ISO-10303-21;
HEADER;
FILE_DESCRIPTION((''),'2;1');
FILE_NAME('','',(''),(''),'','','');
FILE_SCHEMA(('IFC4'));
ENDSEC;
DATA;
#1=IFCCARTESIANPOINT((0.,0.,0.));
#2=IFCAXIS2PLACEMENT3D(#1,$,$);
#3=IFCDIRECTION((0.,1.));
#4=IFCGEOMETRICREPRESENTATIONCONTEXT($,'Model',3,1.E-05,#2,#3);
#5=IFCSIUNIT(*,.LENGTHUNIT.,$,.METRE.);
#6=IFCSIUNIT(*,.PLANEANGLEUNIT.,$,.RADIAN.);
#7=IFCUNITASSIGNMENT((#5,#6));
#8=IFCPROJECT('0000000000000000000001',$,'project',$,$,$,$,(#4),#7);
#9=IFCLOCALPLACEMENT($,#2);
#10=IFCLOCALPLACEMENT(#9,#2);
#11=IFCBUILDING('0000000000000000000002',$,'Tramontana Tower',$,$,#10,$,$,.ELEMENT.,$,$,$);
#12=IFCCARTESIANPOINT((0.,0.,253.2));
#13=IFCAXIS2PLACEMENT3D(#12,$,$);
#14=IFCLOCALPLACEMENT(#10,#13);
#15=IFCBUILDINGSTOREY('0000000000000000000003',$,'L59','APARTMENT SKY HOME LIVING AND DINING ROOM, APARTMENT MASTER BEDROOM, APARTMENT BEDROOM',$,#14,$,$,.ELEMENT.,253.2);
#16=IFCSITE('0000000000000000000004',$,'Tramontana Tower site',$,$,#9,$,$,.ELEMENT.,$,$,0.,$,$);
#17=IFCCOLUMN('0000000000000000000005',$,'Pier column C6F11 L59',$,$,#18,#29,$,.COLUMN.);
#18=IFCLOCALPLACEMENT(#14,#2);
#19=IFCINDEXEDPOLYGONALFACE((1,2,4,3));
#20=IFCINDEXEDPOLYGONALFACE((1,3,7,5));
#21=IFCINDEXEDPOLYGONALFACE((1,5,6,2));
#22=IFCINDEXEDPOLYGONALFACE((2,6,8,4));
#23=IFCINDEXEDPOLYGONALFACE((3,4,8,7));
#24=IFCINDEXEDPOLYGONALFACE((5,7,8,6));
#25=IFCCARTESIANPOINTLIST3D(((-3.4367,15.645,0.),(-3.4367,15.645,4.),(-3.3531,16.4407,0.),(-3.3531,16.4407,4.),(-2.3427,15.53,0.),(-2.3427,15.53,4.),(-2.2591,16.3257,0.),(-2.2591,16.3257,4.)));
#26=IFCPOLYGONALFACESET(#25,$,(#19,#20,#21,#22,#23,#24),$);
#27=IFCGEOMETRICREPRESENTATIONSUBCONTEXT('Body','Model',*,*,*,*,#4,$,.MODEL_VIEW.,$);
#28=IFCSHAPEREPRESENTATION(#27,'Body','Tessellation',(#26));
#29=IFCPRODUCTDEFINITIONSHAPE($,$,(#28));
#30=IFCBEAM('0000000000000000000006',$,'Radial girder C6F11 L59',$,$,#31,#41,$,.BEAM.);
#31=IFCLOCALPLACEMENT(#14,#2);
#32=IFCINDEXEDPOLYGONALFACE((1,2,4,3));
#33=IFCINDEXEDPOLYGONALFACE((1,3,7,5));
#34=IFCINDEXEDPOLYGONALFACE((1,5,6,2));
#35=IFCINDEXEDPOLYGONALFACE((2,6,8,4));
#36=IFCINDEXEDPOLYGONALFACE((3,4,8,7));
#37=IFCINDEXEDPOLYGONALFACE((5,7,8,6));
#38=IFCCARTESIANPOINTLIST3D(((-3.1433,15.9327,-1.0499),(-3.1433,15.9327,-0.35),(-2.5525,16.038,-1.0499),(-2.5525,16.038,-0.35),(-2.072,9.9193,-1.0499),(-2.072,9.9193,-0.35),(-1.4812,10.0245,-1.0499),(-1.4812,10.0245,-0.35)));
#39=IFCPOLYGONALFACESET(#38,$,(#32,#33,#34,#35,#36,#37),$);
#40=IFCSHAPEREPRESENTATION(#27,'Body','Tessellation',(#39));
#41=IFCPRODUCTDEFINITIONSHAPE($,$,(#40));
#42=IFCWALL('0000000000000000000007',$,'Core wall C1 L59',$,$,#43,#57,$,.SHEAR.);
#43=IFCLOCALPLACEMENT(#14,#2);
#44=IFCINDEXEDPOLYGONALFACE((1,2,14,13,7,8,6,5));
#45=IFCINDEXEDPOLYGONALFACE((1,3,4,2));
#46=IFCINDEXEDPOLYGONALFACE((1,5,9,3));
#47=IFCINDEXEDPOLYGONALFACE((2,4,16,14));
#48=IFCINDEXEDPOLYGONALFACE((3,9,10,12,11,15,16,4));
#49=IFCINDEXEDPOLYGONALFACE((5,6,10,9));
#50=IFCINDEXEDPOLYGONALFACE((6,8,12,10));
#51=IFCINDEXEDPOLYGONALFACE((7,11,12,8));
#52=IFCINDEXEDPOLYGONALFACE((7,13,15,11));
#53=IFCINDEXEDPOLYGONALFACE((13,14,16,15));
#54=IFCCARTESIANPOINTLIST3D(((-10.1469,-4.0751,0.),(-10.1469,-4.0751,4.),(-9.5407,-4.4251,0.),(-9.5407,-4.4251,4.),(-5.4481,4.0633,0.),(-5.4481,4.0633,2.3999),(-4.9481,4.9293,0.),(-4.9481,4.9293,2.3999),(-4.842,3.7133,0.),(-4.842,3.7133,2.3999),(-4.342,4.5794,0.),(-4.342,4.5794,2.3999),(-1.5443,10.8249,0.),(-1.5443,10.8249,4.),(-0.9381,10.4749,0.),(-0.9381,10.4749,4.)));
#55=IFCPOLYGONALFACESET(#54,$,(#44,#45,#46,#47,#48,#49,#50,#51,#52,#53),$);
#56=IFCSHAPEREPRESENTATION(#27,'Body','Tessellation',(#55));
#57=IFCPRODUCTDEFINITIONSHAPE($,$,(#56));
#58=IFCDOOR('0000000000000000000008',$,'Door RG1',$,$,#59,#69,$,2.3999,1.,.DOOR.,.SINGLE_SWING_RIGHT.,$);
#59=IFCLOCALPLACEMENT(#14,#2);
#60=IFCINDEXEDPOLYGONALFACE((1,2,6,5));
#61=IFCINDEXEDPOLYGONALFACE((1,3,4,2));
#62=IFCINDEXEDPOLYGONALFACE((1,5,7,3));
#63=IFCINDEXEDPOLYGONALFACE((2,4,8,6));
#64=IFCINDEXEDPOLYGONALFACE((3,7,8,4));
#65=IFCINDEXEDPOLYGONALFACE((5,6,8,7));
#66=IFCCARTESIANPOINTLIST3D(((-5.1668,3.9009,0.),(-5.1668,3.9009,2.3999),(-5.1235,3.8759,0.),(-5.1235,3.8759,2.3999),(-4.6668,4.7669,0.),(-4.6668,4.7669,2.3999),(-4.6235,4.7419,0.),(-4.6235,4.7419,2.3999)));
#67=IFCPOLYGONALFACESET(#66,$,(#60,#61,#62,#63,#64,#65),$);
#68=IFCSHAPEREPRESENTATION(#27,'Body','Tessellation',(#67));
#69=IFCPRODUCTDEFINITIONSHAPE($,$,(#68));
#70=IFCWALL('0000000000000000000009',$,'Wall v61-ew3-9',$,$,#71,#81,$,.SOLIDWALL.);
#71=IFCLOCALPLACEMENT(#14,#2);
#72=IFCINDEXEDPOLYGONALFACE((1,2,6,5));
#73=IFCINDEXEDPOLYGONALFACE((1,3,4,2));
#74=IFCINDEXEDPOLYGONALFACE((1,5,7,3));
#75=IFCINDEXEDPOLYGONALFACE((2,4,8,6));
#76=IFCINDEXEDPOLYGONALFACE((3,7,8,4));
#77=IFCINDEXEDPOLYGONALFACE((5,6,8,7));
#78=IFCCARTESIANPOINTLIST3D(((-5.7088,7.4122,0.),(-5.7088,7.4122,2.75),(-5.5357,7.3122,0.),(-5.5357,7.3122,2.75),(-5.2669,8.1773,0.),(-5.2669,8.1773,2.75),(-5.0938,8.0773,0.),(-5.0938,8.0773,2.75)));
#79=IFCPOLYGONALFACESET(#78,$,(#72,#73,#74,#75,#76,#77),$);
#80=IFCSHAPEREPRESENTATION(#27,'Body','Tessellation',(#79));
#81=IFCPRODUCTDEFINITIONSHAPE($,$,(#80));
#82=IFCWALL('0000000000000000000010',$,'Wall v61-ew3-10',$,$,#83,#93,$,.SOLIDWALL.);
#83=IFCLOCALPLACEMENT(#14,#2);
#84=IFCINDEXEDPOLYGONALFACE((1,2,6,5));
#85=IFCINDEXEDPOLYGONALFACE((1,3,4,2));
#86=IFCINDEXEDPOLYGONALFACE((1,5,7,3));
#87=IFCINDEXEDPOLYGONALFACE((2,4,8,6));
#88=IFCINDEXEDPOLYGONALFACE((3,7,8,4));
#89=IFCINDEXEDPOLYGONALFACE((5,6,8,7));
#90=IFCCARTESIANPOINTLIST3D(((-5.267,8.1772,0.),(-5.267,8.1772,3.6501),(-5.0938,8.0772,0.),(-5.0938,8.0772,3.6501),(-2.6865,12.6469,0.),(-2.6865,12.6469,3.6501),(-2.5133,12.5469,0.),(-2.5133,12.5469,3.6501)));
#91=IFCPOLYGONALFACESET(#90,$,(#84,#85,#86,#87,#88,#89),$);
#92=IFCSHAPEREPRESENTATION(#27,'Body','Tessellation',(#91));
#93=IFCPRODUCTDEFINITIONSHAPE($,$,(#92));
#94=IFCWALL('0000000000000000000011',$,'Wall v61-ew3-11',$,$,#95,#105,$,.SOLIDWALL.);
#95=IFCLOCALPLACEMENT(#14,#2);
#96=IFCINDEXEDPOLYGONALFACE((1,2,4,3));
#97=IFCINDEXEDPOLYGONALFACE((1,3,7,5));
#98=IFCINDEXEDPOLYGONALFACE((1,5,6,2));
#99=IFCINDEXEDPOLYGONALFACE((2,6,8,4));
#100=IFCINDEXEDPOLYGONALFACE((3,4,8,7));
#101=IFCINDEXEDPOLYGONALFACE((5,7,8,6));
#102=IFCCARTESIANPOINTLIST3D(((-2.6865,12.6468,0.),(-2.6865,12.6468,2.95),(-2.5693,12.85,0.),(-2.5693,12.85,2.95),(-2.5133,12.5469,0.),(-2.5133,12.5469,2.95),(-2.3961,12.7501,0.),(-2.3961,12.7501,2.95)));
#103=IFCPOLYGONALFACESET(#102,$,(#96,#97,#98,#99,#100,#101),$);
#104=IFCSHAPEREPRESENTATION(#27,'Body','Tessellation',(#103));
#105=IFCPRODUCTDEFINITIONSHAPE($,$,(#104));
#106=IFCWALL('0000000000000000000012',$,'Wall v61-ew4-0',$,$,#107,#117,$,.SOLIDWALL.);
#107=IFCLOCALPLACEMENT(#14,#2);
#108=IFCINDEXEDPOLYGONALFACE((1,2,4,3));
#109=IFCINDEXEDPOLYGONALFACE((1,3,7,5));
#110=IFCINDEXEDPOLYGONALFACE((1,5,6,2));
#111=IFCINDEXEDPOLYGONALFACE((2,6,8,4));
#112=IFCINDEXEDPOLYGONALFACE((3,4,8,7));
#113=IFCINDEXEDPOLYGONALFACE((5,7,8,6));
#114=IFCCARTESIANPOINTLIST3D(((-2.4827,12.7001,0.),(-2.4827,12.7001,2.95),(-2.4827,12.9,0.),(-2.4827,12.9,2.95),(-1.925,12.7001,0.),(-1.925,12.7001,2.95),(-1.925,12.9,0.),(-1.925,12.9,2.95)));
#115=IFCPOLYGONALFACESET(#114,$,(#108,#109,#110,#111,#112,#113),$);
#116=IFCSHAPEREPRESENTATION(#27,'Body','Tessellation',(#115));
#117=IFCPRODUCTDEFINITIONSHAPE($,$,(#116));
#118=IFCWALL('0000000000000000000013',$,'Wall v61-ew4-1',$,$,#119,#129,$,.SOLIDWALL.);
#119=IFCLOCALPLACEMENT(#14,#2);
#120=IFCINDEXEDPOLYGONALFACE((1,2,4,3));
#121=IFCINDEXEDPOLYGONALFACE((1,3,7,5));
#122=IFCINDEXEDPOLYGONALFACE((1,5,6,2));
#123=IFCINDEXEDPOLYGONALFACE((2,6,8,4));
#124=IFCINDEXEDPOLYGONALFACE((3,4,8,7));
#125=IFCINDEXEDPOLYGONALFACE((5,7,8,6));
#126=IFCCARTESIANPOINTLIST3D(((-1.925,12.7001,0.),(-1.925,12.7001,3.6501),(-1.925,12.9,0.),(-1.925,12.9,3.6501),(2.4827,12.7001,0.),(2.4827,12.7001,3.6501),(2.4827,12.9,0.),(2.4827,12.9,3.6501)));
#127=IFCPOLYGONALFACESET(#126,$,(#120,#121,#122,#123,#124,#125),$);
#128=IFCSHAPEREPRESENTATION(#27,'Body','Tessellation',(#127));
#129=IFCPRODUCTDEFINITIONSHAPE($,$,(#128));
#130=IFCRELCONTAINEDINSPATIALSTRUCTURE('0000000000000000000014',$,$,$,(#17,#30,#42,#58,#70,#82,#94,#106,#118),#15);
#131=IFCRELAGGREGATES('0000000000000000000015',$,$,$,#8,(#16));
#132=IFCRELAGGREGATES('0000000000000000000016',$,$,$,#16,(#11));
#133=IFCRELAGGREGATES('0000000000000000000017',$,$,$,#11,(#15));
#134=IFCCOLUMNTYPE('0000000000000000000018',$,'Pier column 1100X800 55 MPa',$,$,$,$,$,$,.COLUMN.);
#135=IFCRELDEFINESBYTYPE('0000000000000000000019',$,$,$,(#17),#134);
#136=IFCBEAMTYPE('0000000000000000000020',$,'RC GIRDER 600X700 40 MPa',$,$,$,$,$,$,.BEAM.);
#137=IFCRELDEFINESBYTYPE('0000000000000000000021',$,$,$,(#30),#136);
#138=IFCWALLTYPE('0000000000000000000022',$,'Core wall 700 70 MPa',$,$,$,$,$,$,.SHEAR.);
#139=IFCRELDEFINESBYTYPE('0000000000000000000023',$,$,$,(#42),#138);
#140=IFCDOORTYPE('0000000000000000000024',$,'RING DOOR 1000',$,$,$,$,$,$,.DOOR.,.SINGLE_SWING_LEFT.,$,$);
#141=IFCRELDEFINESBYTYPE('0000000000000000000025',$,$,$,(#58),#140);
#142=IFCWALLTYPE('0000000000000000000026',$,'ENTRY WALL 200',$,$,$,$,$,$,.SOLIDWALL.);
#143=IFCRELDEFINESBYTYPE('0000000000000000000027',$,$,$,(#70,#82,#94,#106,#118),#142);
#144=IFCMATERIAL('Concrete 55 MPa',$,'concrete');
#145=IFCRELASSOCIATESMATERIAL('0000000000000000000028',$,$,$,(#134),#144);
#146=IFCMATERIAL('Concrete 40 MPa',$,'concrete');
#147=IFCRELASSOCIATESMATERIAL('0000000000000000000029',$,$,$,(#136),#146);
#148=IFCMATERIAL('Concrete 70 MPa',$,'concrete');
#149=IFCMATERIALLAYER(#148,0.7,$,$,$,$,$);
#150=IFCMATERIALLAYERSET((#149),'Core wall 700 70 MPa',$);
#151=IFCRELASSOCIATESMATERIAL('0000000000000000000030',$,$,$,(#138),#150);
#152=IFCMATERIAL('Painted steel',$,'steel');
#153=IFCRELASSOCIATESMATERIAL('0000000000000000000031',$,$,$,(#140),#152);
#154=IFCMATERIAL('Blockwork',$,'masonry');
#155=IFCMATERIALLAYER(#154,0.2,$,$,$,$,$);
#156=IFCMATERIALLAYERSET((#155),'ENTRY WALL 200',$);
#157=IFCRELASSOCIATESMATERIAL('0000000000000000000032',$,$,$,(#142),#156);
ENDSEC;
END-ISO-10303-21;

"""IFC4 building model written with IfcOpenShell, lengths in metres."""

from ifc_helpers import new_model, si_unit, direction, frame, frame_2d, origin, origin_2d, place, context, subcontext, project, spatial, rectangle, extrude, material, layer, layer_set, material_profile, profile_set, type_object, element, fill, save


model = new_model("IFC4")

# Units and contexts
model_context = context("Model", 3, precision=1e-05, world=origin(), true_north=direction((0.0, 1.0)))
body_context = subcontext(model_context, "Body", "Model", "MODEL_VIEW")
ifc_project = project(units=[si_unit("LENGTHUNIT", "METRE"), si_unit("PLANEANGLEUNIT", "RADIAN")], contexts=[model_context])

# Site, building, storey
site_placement = place(None, origin())
site = spatial("IfcSite", under=ifc_project, at=site_placement, Name="Tramontana Tower site", CompositionType="ELEMENT", RefElevation=0.0)
building_placement = place(site_placement, origin())
building = spatial("IfcBuilding", under=site, at=building_placement, Name="Tramontana Tower", CompositionType="ELEMENT")
storey_placement = place(building_placement, frame((0.0, 0.0, 253.2)))
storey = spatial("IfcBuildingStorey", under=building, at=storey_placement, Name="L59", Description="APARTMENT SKY HOME LIVING AND DINING ROOM, APARTMENT MASTER BEDROOM, APARTMENT BEDROOM", CompositionType="ELEMENT", Elevation=253.2)

# Column
ifc_material_1 = material(Name="Concrete 55 MPa", Category="concrete")
ifc_material_profile_1 = material_profile(ifc_material_1, rectangle(XDim=1.1001, YDim=0.8, at=origin_2d()), Name="Pier column 1100X800 55 MPa")
ifc_profile_set_1 = profile_set([ifc_material_profile_1], Name="Concrete 55 MPa")
column_type = type_object("IfcColumnType", Name="Pier column 1100X800 55 MPa", PredefinedType="COLUMN", material=ifc_profile_set_1)
column_placement = place(storey_placement, frame((-2.8479, 15.9854, 0.0), z_axis=(0.0, 0.0, 1.0), x_axis=(-0.994522, 0.104528, 0.0)))
element("IfcColumn", 1, at=column_placement, inside=storey, type_object=column_type, Name="Pier column C6F11 L59", PredefinedType="COLUMN", context=body_context, shape_type="SweptSolid", body=[
    extrude(rectangle(XDim=1.1001, YDim=0.8, at=origin_2d()), origin(), (0.0, 0.0, 1.0), 4.0),
])

# Beam
ifc_material_2 = material(Name="Concrete 40 MPa", Category="concrete")
ifc_material_profile_2 = material_profile(ifc_material_2, rectangle(XDim=0.6001, YDim=0.7, at=origin_2d()), Name="RC GIRDER 600X700 40 MPa")
ifc_profile_set_2 = profile_set([ifc_material_profile_2], Name="Concrete 40 MPa")
beam_type = type_object("IfcBeamType", Name="RC GIRDER 600X700 40 MPa", PredefinedType="BEAM", material=ifc_profile_set_2)
beam_placement = place(storey_placement, frame((-2.8479, 15.9854, -0.7), z_axis=(0.175388, -0.984499, 0.0), x_axis=(0.984499, 0.175388, 0.0)))
element("IfcBeam", 2, at=beam_placement, inside=storey, type_object=beam_type, Name="Radial girder C6F11 L59", PredefinedType="BEAM", context=body_context, shape_type="SweptSolid", body=[
    extrude(rectangle(XDim=0.6001, YDim=0.7, at=origin_2d()), origin(), (0.0, 0.0, 1.0), 6.1082),
])

# Wall, opening, door
ifc_material_3 = material(Name="Concrete 70 MPa", Category="concrete")
ifc_layer_1 = layer(ifc_material_3, 0.7)
ifc_layer_set_1 = layer_set([ifc_layer_1], Name="Core wall 700 70 MPa")
wall_type_1 = type_object("IfcWallType", Name="Core wall 700 70 MPa", PredefinedType="SHEAR", material=ifc_layer_set_1)
wall_1_placement = place(storey_placement, frame((-1.2412, 10.6499, 0.0), z_axis=(0.0, 0.0, 1.0), x_axis=(-0.500003, -0.866023, 0.0)))
wall_1 = element("IfcWall", 3, at=wall_1_placement, inside=storey, type_object=wall_type_1, Name="Core wall C1 L59", PredefinedType="SHEAR", context=body_context, shape_type="SweptSolid", body=[
    extrude(rectangle(XDim=17.2051, YDim=0.7, at=frame_2d((8.6025, 0.0))), origin(), (0.0, 0.0, 1.0), 4.0),
])
opening_1_placement = place(wall_1_placement, frame((6.8076, 0.0, 0.0)))
opening_1 = element("IfcOpeningElement", 4, at=opening_1_placement, cuts=wall_1, PredefinedType="OPENING", context=body_context, shape_type="SweptSolid", body=[
    extrude(rectangle(XDim=1.0, YDim=2.3999, at=frame_2d((0.5, 1.2))), frame((0.0, 0.3599, 0.0), z_axis=(0.0, -1.0, 0.0), x_axis=(1.0, 0.0, 0.0)), (0.0, 0.0, 1.0), 0.72),
])
ifc_material_4 = material(Name="Painted steel", Category="steel")
door_type_1 = type_object("IfcDoorType", Name="RING DOOR 1000", OperationType="SINGLE_SWING_LEFT", PredefinedType="DOOR", material=ifc_material_4)
door_1_placement = place(opening_1_placement, origin())
door_1 = element("IfcDoor", 5, at=door_1_placement, inside=storey, type_object=door_type_1, Name="Door RG1", OperationType="SINGLE_SWING_RIGHT", OverallHeight=2.3999, OverallWidth=1.0, PredefinedType="DOOR", context=body_context, shape_type="SweptSolid", body=[
    extrude(rectangle(XDim=1.0, YDim=2.3999, at=frame_2d((0.5, 1.2))), frame((0.0, 0.0249, 0.0), z_axis=(0.0, -1.0, 0.0), x_axis=(1.0, 0.0, 0.0)), (0.0, 0.0, 1.0), 0.05),
])
fill(opening_1, door_1)

# Walls
ifc_material_5 = material(Name="Blockwork", Category="masonry")
ifc_layer_2 = layer(ifc_material_5, 0.2)
ifc_layer_set_2 = layer_set([ifc_layer_2], Name="ENTRY WALL 200")
wall_type_2 = type_object("IfcWallType", Name="ENTRY WALL 200", PredefinedType="SOLIDWALL", material=ifc_layer_set_2)
wall_2_placement = place(storey_placement, frame((-5.6223, 7.3621, 0.0), z_axis=(0.0, 0.0, 1.0), x_axis=(0.500121, 0.865955, 0.0)))
element("IfcWall", 6, at=wall_2_placement, inside=storey, type_object=wall_type_2, Name="Wall v61-ew3-9", PredefinedType="SOLIDWALL", context=body_context, shape_type="SweptSolid", body=[
    extrude(rectangle(XDim=0.8835, YDim=0.2, at=frame_2d((0.4419, 0.0))), origin(), (0.0, 0.0, 1.0), 2.75),
])
wall_3_placement = place(storey_placement, frame((-5.1804, 8.1272, 0.0), z_axis=(0.0, 0.0, 1.0), x_axis=(0.499995, 0.866028, 0.0)))
element("IfcWall", 7, at=wall_3_placement, inside=storey, type_object=wall_type_2, Name="Wall v61-ew3-10", PredefinedType="SOLIDWALL", context=body_context, shape_type="SweptSolid", body=[
    extrude(rectangle(XDim=5.1611, YDim=0.2, at=frame_2d((2.5806, 0.0))), origin(), (0.0, 0.0, 1.0), 3.6501),
])
wall_4_placement = place(storey_placement, frame((-2.5999, 12.5969, 0.0), z_axis=(0.0, 0.0, 1.0), x_axis=(0.499722, 0.866186, 0.0)))
element("IfcWall", 8, at=wall_4_placement, inside=storey, type_object=wall_type_2, Name="Wall v61-ew3-11", PredefinedType="SOLIDWALL", context=body_context, shape_type="SweptSolid", body=[
    extrude(rectangle(XDim=0.2346, YDim=0.2, at=frame_2d((0.1172, 0.0))), origin(), (0.0, 0.0, 1.0), 2.95),
])
wall_5_placement = place(storey_placement, frame((-2.4827, 12.8, 0.0), z_axis=(0.0, 0.0, 1.0), x_axis=(1.0, 0.0, 0.0)))
element("IfcWall", 9, at=wall_5_placement, inside=storey, type_object=wall_type_2, Name="Wall v61-ew4-0", PredefinedType="SOLIDWALL", context=body_context, shape_type="SweptSolid", body=[
    extrude(rectangle(XDim=0.5576, YDim=0.2, at=frame_2d((0.2788, 0.0))), origin(), (0.0, 0.0, 1.0), 2.95),
])
wall_6_placement = place(storey_placement, frame((-1.925, 12.8, 0.0), z_axis=(0.0, 0.0, 1.0), x_axis=(1.0, 0.0, 0.0)))
element("IfcWall", 10, at=wall_6_placement, inside=storey, type_object=wall_type_2, Name="Wall v61-ew4-1", PredefinedType="SOLIDWALL", context=body_context, shape_type="SweptSolid", body=[
    extrude(rectangle(XDim=4.4077, YDim=0.2, at=frame_2d((2.2039, 0.0))), origin(), (0.0, 0.0, 1.0), 3.6501),
])

save(model, "model.ifc")
